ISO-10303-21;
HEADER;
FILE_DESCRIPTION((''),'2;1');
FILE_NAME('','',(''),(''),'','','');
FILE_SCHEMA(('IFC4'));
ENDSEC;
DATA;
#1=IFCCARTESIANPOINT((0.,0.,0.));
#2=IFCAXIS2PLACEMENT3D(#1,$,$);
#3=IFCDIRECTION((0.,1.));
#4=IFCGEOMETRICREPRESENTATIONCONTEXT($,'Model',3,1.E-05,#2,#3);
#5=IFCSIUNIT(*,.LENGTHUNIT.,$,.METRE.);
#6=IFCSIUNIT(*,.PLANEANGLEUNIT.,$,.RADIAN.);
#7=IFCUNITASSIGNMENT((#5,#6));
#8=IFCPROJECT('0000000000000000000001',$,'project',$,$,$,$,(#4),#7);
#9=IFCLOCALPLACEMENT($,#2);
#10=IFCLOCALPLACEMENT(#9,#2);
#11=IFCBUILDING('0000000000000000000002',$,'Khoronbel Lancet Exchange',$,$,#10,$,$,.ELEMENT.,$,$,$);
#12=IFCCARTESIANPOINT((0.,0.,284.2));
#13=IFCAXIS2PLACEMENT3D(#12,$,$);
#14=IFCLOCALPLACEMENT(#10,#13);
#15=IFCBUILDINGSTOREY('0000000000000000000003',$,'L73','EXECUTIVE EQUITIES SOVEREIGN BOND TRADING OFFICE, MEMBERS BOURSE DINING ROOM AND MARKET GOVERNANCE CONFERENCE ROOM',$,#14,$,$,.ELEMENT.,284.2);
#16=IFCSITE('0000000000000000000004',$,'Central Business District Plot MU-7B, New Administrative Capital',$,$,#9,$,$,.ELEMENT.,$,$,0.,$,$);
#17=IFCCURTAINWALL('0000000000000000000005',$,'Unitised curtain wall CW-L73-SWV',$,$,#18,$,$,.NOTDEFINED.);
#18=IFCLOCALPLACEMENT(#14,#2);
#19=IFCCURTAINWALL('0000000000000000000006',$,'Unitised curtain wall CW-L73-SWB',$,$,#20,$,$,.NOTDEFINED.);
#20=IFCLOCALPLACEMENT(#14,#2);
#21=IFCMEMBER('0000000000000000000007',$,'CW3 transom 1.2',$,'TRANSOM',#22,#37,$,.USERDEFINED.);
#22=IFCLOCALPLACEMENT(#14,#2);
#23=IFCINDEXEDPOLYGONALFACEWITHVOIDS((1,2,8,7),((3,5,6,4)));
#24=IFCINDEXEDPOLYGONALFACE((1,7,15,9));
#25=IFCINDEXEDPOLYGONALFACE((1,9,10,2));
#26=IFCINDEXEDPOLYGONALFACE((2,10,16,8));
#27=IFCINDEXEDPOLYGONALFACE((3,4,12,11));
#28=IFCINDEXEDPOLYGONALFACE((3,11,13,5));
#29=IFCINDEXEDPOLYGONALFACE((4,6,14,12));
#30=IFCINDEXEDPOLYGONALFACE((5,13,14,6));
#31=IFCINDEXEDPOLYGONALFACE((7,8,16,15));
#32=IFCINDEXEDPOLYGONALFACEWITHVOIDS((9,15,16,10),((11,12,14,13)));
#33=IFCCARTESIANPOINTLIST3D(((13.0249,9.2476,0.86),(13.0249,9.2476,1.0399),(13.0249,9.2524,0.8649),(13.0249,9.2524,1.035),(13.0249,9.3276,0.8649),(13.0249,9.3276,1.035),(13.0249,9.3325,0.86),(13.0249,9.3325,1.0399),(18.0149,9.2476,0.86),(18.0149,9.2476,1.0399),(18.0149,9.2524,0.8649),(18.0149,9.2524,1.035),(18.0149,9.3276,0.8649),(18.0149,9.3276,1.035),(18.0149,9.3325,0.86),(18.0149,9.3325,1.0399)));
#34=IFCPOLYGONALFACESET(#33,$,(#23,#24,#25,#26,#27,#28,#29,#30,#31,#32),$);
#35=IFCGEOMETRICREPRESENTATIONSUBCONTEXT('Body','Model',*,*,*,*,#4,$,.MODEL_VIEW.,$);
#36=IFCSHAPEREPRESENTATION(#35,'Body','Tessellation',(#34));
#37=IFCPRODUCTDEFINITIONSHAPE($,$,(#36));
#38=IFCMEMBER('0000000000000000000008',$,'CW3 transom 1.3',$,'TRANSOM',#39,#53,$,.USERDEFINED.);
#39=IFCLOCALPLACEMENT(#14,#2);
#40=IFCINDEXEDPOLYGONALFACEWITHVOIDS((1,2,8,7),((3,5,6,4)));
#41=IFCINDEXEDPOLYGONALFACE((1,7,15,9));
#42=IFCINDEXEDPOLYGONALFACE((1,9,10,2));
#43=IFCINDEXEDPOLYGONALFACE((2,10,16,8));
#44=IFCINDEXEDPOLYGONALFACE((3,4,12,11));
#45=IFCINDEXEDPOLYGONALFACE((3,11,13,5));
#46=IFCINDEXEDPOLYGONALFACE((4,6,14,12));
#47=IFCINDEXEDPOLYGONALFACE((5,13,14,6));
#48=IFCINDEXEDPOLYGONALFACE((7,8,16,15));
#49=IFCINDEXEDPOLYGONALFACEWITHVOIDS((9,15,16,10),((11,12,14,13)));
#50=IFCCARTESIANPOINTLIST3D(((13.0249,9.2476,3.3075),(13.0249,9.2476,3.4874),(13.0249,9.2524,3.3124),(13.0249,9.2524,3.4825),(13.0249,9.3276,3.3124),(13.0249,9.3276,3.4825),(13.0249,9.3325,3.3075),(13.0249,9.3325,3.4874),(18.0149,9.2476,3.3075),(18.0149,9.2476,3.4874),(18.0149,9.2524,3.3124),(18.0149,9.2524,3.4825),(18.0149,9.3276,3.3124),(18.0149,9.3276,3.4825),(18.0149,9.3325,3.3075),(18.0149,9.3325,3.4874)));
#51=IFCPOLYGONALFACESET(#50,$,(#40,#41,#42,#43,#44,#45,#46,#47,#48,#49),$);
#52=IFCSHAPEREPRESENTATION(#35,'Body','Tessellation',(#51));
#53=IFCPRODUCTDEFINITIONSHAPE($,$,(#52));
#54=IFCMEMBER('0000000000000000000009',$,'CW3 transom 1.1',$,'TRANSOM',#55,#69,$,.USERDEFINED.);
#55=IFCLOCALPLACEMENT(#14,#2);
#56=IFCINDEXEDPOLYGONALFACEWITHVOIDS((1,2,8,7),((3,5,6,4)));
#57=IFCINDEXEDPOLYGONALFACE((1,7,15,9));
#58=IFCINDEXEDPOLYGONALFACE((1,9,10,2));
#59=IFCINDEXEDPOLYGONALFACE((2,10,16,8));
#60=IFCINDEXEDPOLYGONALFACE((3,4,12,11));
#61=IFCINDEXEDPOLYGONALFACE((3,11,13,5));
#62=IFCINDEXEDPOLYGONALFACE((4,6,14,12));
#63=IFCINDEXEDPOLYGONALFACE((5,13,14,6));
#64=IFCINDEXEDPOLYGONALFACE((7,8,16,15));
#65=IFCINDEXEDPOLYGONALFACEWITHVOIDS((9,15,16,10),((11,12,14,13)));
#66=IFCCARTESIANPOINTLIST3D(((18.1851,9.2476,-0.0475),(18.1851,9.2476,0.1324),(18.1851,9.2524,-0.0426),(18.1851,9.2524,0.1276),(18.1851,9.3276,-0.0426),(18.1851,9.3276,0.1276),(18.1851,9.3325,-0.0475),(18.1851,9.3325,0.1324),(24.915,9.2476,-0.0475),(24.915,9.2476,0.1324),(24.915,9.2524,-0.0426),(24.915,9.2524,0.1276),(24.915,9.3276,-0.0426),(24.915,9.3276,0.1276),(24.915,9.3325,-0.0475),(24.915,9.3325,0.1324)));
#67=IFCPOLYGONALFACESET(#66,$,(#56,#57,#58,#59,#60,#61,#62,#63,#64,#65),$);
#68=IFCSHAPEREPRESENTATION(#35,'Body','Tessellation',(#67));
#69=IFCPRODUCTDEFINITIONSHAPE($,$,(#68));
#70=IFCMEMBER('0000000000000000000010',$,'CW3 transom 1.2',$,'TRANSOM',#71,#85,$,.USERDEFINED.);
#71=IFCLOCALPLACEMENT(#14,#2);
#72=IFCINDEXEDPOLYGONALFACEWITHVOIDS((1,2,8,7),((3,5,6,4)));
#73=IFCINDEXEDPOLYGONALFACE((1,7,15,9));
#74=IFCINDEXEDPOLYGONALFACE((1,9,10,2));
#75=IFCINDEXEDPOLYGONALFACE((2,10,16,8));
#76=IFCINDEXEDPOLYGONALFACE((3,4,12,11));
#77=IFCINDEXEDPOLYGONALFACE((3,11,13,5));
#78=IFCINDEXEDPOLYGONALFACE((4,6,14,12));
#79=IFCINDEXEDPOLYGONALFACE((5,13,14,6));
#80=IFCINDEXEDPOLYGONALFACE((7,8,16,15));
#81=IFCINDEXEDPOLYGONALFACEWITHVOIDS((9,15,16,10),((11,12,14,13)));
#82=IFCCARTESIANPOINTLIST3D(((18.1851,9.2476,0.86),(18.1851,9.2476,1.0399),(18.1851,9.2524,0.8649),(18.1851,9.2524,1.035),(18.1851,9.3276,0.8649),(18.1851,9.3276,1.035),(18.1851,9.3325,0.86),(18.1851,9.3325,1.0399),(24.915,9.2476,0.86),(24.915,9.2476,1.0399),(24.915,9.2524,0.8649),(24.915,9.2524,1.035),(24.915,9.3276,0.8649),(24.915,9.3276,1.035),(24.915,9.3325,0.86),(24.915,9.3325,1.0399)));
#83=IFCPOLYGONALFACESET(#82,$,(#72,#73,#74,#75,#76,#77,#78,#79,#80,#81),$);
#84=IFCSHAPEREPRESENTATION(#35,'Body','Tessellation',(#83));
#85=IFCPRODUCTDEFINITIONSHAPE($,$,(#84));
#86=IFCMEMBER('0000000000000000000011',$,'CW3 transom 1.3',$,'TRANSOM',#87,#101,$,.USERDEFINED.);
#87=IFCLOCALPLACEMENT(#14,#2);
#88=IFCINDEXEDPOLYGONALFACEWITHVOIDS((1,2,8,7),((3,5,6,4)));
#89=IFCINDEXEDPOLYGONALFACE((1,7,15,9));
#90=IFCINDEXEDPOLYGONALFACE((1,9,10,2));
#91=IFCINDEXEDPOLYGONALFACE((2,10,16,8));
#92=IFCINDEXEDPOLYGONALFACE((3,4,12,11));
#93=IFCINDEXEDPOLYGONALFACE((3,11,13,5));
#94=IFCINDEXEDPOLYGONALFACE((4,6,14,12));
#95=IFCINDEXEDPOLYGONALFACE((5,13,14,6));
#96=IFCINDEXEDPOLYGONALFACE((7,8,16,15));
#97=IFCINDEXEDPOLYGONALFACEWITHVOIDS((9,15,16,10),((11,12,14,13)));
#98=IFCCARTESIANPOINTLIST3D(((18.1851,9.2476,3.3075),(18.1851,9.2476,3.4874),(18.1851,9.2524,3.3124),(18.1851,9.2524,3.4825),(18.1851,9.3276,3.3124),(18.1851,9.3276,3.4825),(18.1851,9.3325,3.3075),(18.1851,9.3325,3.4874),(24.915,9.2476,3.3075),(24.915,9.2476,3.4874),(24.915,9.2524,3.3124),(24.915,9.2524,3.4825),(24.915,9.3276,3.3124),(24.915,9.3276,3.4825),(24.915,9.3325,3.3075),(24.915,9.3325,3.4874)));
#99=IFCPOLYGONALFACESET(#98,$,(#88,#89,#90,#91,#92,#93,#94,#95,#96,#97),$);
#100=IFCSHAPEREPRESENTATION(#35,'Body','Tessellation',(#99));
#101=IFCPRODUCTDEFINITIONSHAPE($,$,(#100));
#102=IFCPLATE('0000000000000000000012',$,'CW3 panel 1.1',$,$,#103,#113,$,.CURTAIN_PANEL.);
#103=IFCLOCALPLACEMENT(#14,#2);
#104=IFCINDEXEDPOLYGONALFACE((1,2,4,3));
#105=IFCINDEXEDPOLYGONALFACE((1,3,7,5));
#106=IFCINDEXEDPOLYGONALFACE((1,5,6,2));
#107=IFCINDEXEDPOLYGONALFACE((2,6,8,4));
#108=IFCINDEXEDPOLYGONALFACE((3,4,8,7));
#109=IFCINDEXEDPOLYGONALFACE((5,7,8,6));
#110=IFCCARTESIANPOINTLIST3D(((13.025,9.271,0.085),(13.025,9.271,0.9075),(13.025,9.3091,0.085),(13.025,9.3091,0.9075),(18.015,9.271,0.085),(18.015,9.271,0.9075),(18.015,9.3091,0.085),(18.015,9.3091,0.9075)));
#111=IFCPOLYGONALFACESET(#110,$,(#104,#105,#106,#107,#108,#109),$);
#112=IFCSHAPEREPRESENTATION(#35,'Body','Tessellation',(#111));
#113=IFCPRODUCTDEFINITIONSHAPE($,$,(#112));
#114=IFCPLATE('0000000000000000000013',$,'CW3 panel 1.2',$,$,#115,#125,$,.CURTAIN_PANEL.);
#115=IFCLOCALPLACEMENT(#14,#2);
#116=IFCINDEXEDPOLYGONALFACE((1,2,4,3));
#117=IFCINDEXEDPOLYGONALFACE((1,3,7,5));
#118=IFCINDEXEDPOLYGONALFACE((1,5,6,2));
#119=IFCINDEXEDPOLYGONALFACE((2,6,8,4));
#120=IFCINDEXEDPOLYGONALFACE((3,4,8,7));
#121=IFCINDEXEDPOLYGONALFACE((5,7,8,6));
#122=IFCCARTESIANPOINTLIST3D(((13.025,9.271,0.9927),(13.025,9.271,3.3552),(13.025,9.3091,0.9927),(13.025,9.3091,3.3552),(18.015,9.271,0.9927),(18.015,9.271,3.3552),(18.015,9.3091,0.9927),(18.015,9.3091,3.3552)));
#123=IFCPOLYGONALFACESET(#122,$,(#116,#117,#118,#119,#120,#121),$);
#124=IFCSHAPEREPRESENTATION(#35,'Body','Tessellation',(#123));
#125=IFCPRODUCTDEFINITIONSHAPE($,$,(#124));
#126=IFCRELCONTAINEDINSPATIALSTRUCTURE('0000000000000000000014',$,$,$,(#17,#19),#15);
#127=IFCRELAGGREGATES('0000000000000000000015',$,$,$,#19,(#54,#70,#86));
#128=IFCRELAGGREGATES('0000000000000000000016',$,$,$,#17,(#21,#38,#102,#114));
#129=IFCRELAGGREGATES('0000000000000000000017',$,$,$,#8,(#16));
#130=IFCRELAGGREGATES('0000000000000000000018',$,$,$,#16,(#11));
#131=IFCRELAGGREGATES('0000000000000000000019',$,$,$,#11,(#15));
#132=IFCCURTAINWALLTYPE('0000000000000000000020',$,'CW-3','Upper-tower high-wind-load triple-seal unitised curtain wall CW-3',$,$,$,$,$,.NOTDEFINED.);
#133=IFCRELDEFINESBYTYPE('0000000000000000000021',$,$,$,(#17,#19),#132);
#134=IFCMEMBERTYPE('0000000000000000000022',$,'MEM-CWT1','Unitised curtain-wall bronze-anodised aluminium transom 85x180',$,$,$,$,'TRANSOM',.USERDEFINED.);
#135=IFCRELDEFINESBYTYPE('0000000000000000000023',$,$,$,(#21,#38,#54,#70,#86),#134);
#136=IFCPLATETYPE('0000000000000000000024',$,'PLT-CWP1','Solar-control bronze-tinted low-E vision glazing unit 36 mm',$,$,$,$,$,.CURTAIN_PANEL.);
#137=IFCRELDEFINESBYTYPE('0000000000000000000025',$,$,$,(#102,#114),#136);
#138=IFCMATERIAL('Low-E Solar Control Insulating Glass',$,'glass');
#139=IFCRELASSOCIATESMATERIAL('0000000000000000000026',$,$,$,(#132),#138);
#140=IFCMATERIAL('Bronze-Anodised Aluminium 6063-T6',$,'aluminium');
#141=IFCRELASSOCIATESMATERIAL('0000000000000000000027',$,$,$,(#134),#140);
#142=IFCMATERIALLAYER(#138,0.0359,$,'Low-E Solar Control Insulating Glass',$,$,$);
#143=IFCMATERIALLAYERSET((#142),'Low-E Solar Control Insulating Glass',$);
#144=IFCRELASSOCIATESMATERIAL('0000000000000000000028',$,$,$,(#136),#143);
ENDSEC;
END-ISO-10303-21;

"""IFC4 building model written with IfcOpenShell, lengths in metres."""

from ifc_helpers import new_model, si_unit, direction, frame, origin, origin_2d, place, context, subcontext, project, spatial, rectangle, hollow_rectangle, extrude, material, layer, layer_set, material_profile, profile_set, type_object, element, aggregate, save


model = new_model("IFC4")

# Units and contexts
model_context = context("Model", 3, precision=1e-05, world=origin(), true_north=direction((0.0, 1.0)))
body_context = subcontext(model_context, "Body", "Model", "MODEL_VIEW")
ifc_project = project(units=[si_unit("LENGTHUNIT", "METRE"), si_unit("PLANEANGLEUNIT", "RADIAN")], contexts=[model_context])

# Site, building, storey
site_placement = place(None, origin())
site = spatial("IfcSite", under=ifc_project, at=site_placement, Name="Central Business District Plot MU-7B, New Administrative Capital", CompositionType="ELEMENT", RefElevation=0.0)
building_placement = place(site_placement, origin())
building = spatial("IfcBuilding", under=site, at=building_placement, Name="Khoronbel Lancet Exchange", CompositionType="ELEMENT")
storey_placement = place(building_placement, frame((0.0, 0.0, 284.2)))
storey = spatial("IfcBuildingStorey", under=building, at=storey_placement, Name="L73", Description="EXECUTIVE EQUITIES SOVEREIGN BOND TRADING OFFICE, MEMBERS BOURSE DINING ROOM AND MARKET GOVERNANCE CONFERENCE ROOM", CompositionType="ELEMENT", Elevation=284.2)

# Curtain wall
ifc_material_1 = material(Name="Low-E Solar Control Insulating Glass", Category="glass")
curtain_wall_type = type_object("IfcCurtainWallType", Name="CW-3", Description="Upper-tower high-wind-load triple-seal unitised curtain wall CW-3", PredefinedType="NOTDEFINED", material=ifc_material_1)
curtain_wall_1_placement = place(storey_placement, origin())
curtain_wall_1 = element("IfcCurtainWall", 1, at=curtain_wall_1_placement, inside=storey, type_object=curtain_wall_type, Name="Unitised curtain wall CW-L73-SWV", PredefinedType="NOTDEFINED")
ifc_material_2 = material(Name="Bronze-Anodised Aluminium 6063-T6", Category="aluminium")

# Curtain wall
curtain_wall_2_placement = place(storey_placement, origin())
curtain_wall_2 = element("IfcCurtainWall", 2, at=curtain_wall_2_placement, inside=storey, type_object=curtain_wall_type, Name="Unitised curtain wall CW-L73-SWB", PredefinedType="NOTDEFINED")

# Members
ifc_material_profile_1 = material_profile(ifc_material_2, hollow_rectangle(XDim=0.085, YDim=0.1799, WallThickness=0.0049, at=origin_2d()), Name="ALU TRANSOM 85x180")
ifc_profile_set_1 = profile_set([ifc_material_profile_1], Name="Bronze-Anodised Aluminium 6063-T6")
member_type_1 = type_object("IfcMemberType", Name="MEM-CWT1", Description="Unitised curtain-wall bronze-anodised aluminium transom 85x180", ElementType="TRANSOM", PredefinedType="USERDEFINED", material=ifc_profile_set_1)
member_1_placement = place(storey_placement, frame((13.0249, 9.29, 0.95), z_axis=(1.0, 0.0, 0.0), x_axis=(0.0, 1.0, 0.0)))
member_1 = element("IfcMember", 3, at=member_1_placement, type_object=member_type_1, Name="CW3 transom 1.2", ObjectType="TRANSOM", PredefinedType="USERDEFINED", context=body_context, shape_type="SweptSolid", body=[
    extrude(hollow_rectangle(XDim=0.085, YDim=0.1799, WallThickness=0.0049, at=origin_2d()), origin(), (0.0, 0.0, 1.0), 4.99),
])
member_2_placement = place(storey_placement, frame((13.0249, 9.29, 3.3975), z_axis=(1.0, 0.0, 0.0), x_axis=(0.0, 1.0, 0.0)))
member_2 = element("IfcMember", 4, at=member_2_placement, type_object=member_type_1, Name="CW3 transom 1.3", ObjectType="TRANSOM", PredefinedType="USERDEFINED", context=body_context, shape_type="SweptSolid", body=[
    extrude(hollow_rectangle(XDim=0.085, YDim=0.1799, WallThickness=0.0049, at=origin_2d()), origin(), (0.0, 0.0, 1.0), 4.99),
])
member_3_placement = place(storey_placement, frame((18.1851, 9.29, 0.0425), z_axis=(1.0, 0.0, 0.0), x_axis=(0.0, 1.0, 0.0)))
member_3 = element("IfcMember", 5, at=member_3_placement, type_object=member_type_1, Name="CW3 transom 1.1", ObjectType="TRANSOM", PredefinedType="USERDEFINED", context=body_context, shape_type="SweptSolid", body=[
    extrude(hollow_rectangle(XDim=0.085, YDim=0.1799, WallThickness=0.0049, at=origin_2d()), origin(), (0.0, 0.0, 1.0), 6.73),
])
member_4_placement = place(storey_placement, frame((18.1851, 9.29, 0.95), z_axis=(1.0, 0.0, 0.0), x_axis=(0.0, 1.0, 0.0)))
member_4 = element("IfcMember", 6, at=member_4_placement, type_object=member_type_1, Name="CW3 transom 1.2", ObjectType="TRANSOM", PredefinedType="USERDEFINED", context=body_context, shape_type="SweptSolid", body=[
    extrude(hollow_rectangle(XDim=0.085, YDim=0.1799, WallThickness=0.0049, at=origin_2d()), origin(), (0.0, 0.0, 1.0), 6.73),
])
member_5_placement = place(storey_placement, frame((18.1851, 9.29, 3.3975), z_axis=(1.0, 0.0, 0.0), x_axis=(0.0, 1.0, 0.0)))
member_5 = element("IfcMember", 7, at=member_5_placement, type_object=member_type_1, Name="CW3 transom 1.3", ObjectType="TRANSOM", PredefinedType="USERDEFINED", context=body_context, shape_type="SweptSolid", body=[
    extrude(hollow_rectangle(XDim=0.085, YDim=0.1799, WallThickness=0.0049, at=origin_2d()), origin(), (0.0, 0.0, 1.0), 6.73),
])
aggregate(curtain_wall_2, [member_3, member_4, member_5])

# Plates
ifc_layer_1 = layer(ifc_material_1, 0.0359, Name="Low-E Solar Control Insulating Glass")
ifc_layer_set_1 = layer_set([ifc_layer_1], Name="Low-E Solar Control Insulating Glass")
plate_type = type_object("IfcPlateType", Name="PLT-CWP1", Description="Solar-control bronze-tinted low-E vision glazing unit 36 mm", PredefinedType="CURTAIN_PANEL", material=ifc_layer_set_1)
plate_1_placement = place(storey_placement, frame((15.52, 9.29, 0.085), z_axis=(0.0, 0.0, 1.0), x_axis=(1.0, 0.0, 0.0)))
plate_1 = element("IfcPlate", 8, at=plate_1_placement, type_object=plate_type, Name="CW3 panel 1.1", PredefinedType="CURTAIN_PANEL", context=body_context, shape_type="SweptSolid", body=[
    extrude(rectangle(XDim=4.99, YDim=0.0381, at=origin_2d()), origin(), (0.0, 0.0, 1.0), 0.8225),
])
plate_2_placement = place(storey_placement, frame((15.52, 9.29, 0.9927), z_axis=(0.0, 0.0, 1.0), x_axis=(1.0, 0.0, 0.0)))
plate_2 = element("IfcPlate", 9, at=plate_2_placement, type_object=plate_type, Name="CW3 panel 1.2", PredefinedType="CURTAIN_PANEL", context=body_context, shape_type="SweptSolid", body=[
    extrude(rectangle(XDim=4.99, YDim=0.0381, at=origin_2d()), origin(), (0.0, 0.0, 1.0), 2.3625),
])
aggregate(curtain_wall_1, [member_1, member_2, plate_1, plate_2])

save(model, "model.ifc")
